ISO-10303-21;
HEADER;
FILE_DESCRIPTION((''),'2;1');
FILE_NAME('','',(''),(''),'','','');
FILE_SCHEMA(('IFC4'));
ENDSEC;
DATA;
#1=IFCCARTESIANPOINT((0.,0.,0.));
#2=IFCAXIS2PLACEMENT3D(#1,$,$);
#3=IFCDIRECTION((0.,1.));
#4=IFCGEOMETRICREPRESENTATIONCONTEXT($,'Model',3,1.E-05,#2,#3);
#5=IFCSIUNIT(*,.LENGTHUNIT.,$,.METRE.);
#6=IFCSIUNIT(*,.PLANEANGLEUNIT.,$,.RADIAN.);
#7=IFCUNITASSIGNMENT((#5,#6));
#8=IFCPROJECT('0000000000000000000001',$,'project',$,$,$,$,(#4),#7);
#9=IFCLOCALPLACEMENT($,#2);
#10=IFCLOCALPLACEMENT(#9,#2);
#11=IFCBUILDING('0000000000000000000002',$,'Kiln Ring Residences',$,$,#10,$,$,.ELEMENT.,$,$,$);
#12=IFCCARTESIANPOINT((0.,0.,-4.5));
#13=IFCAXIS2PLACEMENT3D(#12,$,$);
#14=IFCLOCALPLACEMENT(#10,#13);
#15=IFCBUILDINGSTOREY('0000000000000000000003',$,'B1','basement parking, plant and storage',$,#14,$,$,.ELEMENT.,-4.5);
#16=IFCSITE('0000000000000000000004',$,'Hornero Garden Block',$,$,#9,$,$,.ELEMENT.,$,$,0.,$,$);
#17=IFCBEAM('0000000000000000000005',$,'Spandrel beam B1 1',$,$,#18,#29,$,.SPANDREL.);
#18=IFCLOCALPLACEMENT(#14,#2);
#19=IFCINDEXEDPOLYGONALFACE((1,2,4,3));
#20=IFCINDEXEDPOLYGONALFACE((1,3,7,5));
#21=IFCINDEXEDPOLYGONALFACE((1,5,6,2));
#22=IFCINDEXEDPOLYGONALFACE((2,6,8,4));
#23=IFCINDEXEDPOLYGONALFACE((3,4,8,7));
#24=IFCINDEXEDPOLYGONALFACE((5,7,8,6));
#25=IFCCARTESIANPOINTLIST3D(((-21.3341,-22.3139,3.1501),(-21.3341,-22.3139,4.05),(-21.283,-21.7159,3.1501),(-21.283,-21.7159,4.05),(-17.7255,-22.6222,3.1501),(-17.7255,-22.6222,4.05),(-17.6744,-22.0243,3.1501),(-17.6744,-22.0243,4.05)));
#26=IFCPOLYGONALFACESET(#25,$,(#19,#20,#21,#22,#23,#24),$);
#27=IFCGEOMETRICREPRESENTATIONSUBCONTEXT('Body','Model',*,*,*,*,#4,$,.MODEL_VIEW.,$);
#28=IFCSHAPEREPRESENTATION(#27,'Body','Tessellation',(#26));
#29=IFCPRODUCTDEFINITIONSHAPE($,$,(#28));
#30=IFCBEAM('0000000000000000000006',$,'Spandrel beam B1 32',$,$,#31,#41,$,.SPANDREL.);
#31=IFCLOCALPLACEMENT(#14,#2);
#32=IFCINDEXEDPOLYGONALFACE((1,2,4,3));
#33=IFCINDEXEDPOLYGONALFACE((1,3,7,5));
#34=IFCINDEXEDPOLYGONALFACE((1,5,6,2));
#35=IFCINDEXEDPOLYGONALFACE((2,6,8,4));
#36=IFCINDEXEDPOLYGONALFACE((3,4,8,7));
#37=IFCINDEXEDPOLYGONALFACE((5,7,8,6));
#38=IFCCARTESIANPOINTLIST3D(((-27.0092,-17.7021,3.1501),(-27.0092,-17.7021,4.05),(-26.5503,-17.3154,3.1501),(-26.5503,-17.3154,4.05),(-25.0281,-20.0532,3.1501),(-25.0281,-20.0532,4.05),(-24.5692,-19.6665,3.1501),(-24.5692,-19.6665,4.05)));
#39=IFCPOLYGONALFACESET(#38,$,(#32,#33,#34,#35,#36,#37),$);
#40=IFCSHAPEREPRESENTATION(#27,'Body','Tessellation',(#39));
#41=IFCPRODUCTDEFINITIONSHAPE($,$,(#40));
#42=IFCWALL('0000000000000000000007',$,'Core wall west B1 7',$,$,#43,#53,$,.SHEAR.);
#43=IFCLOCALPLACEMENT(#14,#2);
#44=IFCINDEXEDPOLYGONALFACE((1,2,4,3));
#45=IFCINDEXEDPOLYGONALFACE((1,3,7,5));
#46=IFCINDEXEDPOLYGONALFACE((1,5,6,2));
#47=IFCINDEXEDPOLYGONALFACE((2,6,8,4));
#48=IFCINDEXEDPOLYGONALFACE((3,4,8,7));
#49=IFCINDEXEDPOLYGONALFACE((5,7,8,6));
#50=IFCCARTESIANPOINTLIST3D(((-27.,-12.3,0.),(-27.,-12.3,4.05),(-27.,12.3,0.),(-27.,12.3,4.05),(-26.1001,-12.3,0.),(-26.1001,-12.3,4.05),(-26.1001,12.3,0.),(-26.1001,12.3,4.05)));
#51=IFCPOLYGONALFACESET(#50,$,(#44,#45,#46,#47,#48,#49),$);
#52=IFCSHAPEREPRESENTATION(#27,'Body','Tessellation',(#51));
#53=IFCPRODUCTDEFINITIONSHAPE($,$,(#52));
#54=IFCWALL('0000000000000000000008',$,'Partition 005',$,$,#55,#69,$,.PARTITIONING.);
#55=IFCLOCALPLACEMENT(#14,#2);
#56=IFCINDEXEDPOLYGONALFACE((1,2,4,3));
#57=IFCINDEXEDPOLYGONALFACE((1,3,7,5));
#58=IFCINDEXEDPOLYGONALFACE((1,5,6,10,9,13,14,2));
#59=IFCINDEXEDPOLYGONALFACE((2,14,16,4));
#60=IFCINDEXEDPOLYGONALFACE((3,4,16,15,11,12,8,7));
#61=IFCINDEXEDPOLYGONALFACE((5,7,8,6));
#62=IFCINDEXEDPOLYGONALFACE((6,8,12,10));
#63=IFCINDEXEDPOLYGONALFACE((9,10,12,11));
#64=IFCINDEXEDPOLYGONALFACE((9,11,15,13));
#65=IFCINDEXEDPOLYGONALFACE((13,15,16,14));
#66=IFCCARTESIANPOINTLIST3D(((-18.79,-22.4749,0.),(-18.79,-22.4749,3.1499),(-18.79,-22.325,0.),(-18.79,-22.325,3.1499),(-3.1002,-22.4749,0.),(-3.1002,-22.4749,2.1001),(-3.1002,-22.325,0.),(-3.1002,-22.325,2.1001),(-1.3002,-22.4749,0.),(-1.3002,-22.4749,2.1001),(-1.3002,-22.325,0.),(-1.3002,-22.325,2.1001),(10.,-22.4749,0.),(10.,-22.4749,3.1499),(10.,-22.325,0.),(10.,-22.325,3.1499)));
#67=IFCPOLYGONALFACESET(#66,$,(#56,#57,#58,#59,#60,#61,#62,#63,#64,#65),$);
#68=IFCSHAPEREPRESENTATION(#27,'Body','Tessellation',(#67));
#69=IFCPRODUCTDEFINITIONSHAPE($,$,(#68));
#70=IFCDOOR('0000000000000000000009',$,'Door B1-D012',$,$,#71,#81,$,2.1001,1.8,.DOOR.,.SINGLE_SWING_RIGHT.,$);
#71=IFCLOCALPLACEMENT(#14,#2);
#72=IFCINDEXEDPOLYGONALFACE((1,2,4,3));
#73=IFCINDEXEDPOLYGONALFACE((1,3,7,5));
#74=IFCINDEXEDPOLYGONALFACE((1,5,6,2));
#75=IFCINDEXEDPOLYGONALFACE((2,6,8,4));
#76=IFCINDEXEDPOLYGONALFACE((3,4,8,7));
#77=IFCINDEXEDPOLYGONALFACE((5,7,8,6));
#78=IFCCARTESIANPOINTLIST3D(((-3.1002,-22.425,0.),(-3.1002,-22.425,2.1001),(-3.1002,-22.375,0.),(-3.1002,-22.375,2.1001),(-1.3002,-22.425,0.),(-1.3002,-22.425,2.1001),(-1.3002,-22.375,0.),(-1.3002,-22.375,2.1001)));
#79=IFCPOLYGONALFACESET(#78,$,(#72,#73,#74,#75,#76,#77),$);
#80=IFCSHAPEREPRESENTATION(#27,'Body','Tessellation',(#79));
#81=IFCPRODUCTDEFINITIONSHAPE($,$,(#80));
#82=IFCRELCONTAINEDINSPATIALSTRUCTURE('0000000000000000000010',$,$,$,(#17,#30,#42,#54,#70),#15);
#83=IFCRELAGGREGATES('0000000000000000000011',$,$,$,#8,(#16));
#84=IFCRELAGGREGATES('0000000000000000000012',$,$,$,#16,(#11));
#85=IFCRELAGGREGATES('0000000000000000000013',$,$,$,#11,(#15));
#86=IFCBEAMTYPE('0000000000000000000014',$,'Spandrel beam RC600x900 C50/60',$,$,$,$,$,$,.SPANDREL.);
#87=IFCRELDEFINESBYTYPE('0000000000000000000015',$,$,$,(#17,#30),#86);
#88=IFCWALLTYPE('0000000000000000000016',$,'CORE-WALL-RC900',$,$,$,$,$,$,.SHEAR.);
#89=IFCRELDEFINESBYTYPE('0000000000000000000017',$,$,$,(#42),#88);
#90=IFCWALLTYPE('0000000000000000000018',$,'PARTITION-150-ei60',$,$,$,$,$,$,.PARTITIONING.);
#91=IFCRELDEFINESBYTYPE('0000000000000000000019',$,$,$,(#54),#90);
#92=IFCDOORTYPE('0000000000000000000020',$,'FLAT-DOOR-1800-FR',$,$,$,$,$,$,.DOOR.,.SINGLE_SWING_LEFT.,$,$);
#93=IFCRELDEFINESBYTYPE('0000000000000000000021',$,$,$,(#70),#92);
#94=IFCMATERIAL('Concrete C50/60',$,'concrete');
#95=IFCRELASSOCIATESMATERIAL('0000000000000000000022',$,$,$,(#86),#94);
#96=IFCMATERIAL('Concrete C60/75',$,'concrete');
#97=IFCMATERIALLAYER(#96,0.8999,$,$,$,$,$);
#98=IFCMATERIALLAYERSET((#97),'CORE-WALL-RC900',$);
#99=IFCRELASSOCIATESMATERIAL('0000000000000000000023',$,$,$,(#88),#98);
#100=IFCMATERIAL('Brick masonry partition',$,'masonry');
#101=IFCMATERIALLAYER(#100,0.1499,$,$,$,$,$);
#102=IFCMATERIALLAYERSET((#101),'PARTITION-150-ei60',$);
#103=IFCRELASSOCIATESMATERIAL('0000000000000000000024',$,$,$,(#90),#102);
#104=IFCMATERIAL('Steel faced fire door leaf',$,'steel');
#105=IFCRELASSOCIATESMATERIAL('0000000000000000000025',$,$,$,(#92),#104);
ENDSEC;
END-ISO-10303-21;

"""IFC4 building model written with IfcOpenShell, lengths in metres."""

from ifc_helpers import new_model, si_unit, direction, frame, frame_2d, origin, origin_2d, place, context, subcontext, project, spatial, rectangle, extrude, material, layer, layer_set, material_profile, profile_set, type_object, element, fill, save


model = new_model("IFC4")

# Units and contexts
model_context = context("Model", 3, precision=1e-05, world=origin(), true_north=direction((0.0, 1.0)))
body_context = subcontext(model_context, "Body", "Model", "MODEL_VIEW")
ifc_project = project(units=[si_unit("LENGTHUNIT", "METRE"), si_unit("PLANEANGLEUNIT", "RADIAN")], contexts=[model_context])

# Site, building, storey
site_placement = place(None, origin())
site = spatial("IfcSite", under=ifc_project, at=site_placement, Name="Hornero Garden Block", CompositionType="ELEMENT", RefElevation=0.0)
building_placement = place(site_placement, origin())
building = spatial("IfcBuilding", under=site, at=building_placement, Name="Kiln Ring Residences", CompositionType="ELEMENT")
storey_placement = place(building_placement, frame((0.0, 0.0, -4.5)))
storey = spatial("IfcBuildingStorey", under=building, at=storey_placement, Name="B1", Description="basement parking, plant and storage", CompositionType="ELEMENT", Elevation=-4.5)

# Beams
ifc_material_1 = material(Name="Concrete C50/60", Category="concrete")
ifc_material_profile_1 = material_profile(ifc_material_1, rectangle(XDim=0.6001, YDim=0.8999, at=origin_2d()), Name="RC600x900")
ifc_profile_set_1 = profile_set([ifc_material_profile_1], Name="Concrete C50/60")
beam_type = type_object("IfcBeamType", Name="Spandrel beam RC600x900 C50/60", PredefinedType="SPANDREL", material=ifc_profile_set_1)
beam_1_placement = place(storey_placement, frame((-21.3086, -22.0149, 3.6001), z_axis=(0.996369, -0.085137, 0.0), x_axis=(0.085137, 0.996369, 0.0)))
element("IfcBeam", 1, at=beam_1_placement, inside=storey, type_object=beam_type, Name="Spandrel beam B1 1", PredefinedType="SPANDREL", context=body_context, shape_type="SweptSolid", body=[
    extrude(rectangle(XDim=0.6001, YDim=0.8999, at=origin_2d()), origin(), (0.0, 0.0, 1.0), 3.6218),
])
beam_2_placement = place(storey_placement, frame((-26.7798, -17.5088, 3.6001), z_axis=(0.644392, -0.764695, 0.0), x_axis=(0.764695, 0.644392, 0.0)))
element("IfcBeam", 2, at=beam_2_placement, inside=storey, type_object=beam_type, Name="Spandrel beam B1 32", PredefinedType="SPANDREL", context=body_context, shape_type="SweptSolid", body=[
    extrude(rectangle(XDim=0.6001, YDim=0.8999, at=origin_2d()), origin(), (0.0, 0.0, 1.0), 3.0745),
])

# Wall
ifc_material_2 = material(Name="Concrete C60/75", Category="concrete")
ifc_layer_1 = layer(ifc_material_2, 0.8999)
ifc_layer_set_1 = layer_set([ifc_layer_1], Name="CORE-WALL-RC900")
wall_type_1 = type_object("IfcWallType", Name="CORE-WALL-RC900", PredefinedType="SHEAR", material=ifc_layer_set_1)
wall_1_placement = place(storey_placement, frame((-26.55, -12.3, 0.0), z_axis=(0.0, 0.0, 1.0), x_axis=(0.0, 1.0, 0.0)))
element("IfcWall", 3, at=wall_1_placement, inside=storey, type_object=wall_type_1, Name="Core wall west B1 7", PredefinedType="SHEAR", context=body_context, shape_type="SweptSolid", body=[
    extrude(rectangle(XDim=24.6001, YDim=0.8999, at=frame_2d((12.3, 0.0))), origin(), (0.0, 0.0, 1.0), 4.05),
])

# Wall, opening, door
ifc_material_3 = material(Name="Brick masonry partition", Category="masonry")
ifc_layer_2 = layer(ifc_material_3, 0.1499)
ifc_layer_set_2 = layer_set([ifc_layer_2], Name="PARTITION-150-ei60")
wall_type_2 = type_object("IfcWallType", Name="PARTITION-150-ei60", PredefinedType="PARTITIONING", material=ifc_layer_set_2)
wall_2_placement = place(storey_placement, frame((-18.79, -22.3999, 0.0), z_axis=(0.0, 0.0, 1.0), x_axis=(1.0, 0.0, 0.0)))
wall_2 = element("IfcWall", 4, at=wall_2_placement, inside=storey, type_object=wall_type_2, Name="Partition 005", PredefinedType="PARTITIONING", context=body_context, shape_type="SweptSolid", body=[
    extrude(rectangle(XDim=28.79, YDim=0.1499, at=frame_2d((14.395, 0.0))), origin(), (0.0, 0.0, 1.0), 3.1499),
])
opening_1_placement = place(wall_2_placement, frame((15.6899, 0.0, 0.0)))
opening_1 = element("IfcOpeningElement", 5, at=opening_1_placement, cuts=wall_2, PredefinedType="OPENING", context=body_context, shape_type="SweptSolid", body=[
    extrude(rectangle(XDim=1.8, YDim=2.1001, at=frame_2d((0.8999, 1.05))), frame((0.0, 0.085, 0.0), z_axis=(0.0, -1.0, 0.0), x_axis=(1.0, 0.0, 0.0)), (0.0, 0.0, 1.0), 0.1699),
])
ifc_material_4 = material(Name="Steel faced fire door leaf", Category="steel")
door_type_1 = type_object("IfcDoorType", Name="FLAT-DOOR-1800-FR", OperationType="SINGLE_SWING_LEFT", PredefinedType="DOOR", material=ifc_material_4)
door_1_placement = place(opening_1_placement, origin())
door_1 = element("IfcDoor", 6, at=door_1_placement, inside=storey, type_object=door_type_1, Name="Door B1-D012", OperationType="SINGLE_SWING_RIGHT", OverallHeight=2.1001, OverallWidth=1.8, PredefinedType="DOOR", context=body_context, shape_type="SweptSolid", body=[
    extrude(rectangle(XDim=1.8, YDim=2.1001, at=frame_2d((0.8999, 1.05))), frame((0.0, 0.0249, 0.0), z_axis=(0.0, -1.0, 0.0), x_axis=(1.0, 0.0, 0.0)), (0.0, 0.0, 1.0), 0.05),
])
fill(opening_1, door_1)

save(model, "model.ifc")
